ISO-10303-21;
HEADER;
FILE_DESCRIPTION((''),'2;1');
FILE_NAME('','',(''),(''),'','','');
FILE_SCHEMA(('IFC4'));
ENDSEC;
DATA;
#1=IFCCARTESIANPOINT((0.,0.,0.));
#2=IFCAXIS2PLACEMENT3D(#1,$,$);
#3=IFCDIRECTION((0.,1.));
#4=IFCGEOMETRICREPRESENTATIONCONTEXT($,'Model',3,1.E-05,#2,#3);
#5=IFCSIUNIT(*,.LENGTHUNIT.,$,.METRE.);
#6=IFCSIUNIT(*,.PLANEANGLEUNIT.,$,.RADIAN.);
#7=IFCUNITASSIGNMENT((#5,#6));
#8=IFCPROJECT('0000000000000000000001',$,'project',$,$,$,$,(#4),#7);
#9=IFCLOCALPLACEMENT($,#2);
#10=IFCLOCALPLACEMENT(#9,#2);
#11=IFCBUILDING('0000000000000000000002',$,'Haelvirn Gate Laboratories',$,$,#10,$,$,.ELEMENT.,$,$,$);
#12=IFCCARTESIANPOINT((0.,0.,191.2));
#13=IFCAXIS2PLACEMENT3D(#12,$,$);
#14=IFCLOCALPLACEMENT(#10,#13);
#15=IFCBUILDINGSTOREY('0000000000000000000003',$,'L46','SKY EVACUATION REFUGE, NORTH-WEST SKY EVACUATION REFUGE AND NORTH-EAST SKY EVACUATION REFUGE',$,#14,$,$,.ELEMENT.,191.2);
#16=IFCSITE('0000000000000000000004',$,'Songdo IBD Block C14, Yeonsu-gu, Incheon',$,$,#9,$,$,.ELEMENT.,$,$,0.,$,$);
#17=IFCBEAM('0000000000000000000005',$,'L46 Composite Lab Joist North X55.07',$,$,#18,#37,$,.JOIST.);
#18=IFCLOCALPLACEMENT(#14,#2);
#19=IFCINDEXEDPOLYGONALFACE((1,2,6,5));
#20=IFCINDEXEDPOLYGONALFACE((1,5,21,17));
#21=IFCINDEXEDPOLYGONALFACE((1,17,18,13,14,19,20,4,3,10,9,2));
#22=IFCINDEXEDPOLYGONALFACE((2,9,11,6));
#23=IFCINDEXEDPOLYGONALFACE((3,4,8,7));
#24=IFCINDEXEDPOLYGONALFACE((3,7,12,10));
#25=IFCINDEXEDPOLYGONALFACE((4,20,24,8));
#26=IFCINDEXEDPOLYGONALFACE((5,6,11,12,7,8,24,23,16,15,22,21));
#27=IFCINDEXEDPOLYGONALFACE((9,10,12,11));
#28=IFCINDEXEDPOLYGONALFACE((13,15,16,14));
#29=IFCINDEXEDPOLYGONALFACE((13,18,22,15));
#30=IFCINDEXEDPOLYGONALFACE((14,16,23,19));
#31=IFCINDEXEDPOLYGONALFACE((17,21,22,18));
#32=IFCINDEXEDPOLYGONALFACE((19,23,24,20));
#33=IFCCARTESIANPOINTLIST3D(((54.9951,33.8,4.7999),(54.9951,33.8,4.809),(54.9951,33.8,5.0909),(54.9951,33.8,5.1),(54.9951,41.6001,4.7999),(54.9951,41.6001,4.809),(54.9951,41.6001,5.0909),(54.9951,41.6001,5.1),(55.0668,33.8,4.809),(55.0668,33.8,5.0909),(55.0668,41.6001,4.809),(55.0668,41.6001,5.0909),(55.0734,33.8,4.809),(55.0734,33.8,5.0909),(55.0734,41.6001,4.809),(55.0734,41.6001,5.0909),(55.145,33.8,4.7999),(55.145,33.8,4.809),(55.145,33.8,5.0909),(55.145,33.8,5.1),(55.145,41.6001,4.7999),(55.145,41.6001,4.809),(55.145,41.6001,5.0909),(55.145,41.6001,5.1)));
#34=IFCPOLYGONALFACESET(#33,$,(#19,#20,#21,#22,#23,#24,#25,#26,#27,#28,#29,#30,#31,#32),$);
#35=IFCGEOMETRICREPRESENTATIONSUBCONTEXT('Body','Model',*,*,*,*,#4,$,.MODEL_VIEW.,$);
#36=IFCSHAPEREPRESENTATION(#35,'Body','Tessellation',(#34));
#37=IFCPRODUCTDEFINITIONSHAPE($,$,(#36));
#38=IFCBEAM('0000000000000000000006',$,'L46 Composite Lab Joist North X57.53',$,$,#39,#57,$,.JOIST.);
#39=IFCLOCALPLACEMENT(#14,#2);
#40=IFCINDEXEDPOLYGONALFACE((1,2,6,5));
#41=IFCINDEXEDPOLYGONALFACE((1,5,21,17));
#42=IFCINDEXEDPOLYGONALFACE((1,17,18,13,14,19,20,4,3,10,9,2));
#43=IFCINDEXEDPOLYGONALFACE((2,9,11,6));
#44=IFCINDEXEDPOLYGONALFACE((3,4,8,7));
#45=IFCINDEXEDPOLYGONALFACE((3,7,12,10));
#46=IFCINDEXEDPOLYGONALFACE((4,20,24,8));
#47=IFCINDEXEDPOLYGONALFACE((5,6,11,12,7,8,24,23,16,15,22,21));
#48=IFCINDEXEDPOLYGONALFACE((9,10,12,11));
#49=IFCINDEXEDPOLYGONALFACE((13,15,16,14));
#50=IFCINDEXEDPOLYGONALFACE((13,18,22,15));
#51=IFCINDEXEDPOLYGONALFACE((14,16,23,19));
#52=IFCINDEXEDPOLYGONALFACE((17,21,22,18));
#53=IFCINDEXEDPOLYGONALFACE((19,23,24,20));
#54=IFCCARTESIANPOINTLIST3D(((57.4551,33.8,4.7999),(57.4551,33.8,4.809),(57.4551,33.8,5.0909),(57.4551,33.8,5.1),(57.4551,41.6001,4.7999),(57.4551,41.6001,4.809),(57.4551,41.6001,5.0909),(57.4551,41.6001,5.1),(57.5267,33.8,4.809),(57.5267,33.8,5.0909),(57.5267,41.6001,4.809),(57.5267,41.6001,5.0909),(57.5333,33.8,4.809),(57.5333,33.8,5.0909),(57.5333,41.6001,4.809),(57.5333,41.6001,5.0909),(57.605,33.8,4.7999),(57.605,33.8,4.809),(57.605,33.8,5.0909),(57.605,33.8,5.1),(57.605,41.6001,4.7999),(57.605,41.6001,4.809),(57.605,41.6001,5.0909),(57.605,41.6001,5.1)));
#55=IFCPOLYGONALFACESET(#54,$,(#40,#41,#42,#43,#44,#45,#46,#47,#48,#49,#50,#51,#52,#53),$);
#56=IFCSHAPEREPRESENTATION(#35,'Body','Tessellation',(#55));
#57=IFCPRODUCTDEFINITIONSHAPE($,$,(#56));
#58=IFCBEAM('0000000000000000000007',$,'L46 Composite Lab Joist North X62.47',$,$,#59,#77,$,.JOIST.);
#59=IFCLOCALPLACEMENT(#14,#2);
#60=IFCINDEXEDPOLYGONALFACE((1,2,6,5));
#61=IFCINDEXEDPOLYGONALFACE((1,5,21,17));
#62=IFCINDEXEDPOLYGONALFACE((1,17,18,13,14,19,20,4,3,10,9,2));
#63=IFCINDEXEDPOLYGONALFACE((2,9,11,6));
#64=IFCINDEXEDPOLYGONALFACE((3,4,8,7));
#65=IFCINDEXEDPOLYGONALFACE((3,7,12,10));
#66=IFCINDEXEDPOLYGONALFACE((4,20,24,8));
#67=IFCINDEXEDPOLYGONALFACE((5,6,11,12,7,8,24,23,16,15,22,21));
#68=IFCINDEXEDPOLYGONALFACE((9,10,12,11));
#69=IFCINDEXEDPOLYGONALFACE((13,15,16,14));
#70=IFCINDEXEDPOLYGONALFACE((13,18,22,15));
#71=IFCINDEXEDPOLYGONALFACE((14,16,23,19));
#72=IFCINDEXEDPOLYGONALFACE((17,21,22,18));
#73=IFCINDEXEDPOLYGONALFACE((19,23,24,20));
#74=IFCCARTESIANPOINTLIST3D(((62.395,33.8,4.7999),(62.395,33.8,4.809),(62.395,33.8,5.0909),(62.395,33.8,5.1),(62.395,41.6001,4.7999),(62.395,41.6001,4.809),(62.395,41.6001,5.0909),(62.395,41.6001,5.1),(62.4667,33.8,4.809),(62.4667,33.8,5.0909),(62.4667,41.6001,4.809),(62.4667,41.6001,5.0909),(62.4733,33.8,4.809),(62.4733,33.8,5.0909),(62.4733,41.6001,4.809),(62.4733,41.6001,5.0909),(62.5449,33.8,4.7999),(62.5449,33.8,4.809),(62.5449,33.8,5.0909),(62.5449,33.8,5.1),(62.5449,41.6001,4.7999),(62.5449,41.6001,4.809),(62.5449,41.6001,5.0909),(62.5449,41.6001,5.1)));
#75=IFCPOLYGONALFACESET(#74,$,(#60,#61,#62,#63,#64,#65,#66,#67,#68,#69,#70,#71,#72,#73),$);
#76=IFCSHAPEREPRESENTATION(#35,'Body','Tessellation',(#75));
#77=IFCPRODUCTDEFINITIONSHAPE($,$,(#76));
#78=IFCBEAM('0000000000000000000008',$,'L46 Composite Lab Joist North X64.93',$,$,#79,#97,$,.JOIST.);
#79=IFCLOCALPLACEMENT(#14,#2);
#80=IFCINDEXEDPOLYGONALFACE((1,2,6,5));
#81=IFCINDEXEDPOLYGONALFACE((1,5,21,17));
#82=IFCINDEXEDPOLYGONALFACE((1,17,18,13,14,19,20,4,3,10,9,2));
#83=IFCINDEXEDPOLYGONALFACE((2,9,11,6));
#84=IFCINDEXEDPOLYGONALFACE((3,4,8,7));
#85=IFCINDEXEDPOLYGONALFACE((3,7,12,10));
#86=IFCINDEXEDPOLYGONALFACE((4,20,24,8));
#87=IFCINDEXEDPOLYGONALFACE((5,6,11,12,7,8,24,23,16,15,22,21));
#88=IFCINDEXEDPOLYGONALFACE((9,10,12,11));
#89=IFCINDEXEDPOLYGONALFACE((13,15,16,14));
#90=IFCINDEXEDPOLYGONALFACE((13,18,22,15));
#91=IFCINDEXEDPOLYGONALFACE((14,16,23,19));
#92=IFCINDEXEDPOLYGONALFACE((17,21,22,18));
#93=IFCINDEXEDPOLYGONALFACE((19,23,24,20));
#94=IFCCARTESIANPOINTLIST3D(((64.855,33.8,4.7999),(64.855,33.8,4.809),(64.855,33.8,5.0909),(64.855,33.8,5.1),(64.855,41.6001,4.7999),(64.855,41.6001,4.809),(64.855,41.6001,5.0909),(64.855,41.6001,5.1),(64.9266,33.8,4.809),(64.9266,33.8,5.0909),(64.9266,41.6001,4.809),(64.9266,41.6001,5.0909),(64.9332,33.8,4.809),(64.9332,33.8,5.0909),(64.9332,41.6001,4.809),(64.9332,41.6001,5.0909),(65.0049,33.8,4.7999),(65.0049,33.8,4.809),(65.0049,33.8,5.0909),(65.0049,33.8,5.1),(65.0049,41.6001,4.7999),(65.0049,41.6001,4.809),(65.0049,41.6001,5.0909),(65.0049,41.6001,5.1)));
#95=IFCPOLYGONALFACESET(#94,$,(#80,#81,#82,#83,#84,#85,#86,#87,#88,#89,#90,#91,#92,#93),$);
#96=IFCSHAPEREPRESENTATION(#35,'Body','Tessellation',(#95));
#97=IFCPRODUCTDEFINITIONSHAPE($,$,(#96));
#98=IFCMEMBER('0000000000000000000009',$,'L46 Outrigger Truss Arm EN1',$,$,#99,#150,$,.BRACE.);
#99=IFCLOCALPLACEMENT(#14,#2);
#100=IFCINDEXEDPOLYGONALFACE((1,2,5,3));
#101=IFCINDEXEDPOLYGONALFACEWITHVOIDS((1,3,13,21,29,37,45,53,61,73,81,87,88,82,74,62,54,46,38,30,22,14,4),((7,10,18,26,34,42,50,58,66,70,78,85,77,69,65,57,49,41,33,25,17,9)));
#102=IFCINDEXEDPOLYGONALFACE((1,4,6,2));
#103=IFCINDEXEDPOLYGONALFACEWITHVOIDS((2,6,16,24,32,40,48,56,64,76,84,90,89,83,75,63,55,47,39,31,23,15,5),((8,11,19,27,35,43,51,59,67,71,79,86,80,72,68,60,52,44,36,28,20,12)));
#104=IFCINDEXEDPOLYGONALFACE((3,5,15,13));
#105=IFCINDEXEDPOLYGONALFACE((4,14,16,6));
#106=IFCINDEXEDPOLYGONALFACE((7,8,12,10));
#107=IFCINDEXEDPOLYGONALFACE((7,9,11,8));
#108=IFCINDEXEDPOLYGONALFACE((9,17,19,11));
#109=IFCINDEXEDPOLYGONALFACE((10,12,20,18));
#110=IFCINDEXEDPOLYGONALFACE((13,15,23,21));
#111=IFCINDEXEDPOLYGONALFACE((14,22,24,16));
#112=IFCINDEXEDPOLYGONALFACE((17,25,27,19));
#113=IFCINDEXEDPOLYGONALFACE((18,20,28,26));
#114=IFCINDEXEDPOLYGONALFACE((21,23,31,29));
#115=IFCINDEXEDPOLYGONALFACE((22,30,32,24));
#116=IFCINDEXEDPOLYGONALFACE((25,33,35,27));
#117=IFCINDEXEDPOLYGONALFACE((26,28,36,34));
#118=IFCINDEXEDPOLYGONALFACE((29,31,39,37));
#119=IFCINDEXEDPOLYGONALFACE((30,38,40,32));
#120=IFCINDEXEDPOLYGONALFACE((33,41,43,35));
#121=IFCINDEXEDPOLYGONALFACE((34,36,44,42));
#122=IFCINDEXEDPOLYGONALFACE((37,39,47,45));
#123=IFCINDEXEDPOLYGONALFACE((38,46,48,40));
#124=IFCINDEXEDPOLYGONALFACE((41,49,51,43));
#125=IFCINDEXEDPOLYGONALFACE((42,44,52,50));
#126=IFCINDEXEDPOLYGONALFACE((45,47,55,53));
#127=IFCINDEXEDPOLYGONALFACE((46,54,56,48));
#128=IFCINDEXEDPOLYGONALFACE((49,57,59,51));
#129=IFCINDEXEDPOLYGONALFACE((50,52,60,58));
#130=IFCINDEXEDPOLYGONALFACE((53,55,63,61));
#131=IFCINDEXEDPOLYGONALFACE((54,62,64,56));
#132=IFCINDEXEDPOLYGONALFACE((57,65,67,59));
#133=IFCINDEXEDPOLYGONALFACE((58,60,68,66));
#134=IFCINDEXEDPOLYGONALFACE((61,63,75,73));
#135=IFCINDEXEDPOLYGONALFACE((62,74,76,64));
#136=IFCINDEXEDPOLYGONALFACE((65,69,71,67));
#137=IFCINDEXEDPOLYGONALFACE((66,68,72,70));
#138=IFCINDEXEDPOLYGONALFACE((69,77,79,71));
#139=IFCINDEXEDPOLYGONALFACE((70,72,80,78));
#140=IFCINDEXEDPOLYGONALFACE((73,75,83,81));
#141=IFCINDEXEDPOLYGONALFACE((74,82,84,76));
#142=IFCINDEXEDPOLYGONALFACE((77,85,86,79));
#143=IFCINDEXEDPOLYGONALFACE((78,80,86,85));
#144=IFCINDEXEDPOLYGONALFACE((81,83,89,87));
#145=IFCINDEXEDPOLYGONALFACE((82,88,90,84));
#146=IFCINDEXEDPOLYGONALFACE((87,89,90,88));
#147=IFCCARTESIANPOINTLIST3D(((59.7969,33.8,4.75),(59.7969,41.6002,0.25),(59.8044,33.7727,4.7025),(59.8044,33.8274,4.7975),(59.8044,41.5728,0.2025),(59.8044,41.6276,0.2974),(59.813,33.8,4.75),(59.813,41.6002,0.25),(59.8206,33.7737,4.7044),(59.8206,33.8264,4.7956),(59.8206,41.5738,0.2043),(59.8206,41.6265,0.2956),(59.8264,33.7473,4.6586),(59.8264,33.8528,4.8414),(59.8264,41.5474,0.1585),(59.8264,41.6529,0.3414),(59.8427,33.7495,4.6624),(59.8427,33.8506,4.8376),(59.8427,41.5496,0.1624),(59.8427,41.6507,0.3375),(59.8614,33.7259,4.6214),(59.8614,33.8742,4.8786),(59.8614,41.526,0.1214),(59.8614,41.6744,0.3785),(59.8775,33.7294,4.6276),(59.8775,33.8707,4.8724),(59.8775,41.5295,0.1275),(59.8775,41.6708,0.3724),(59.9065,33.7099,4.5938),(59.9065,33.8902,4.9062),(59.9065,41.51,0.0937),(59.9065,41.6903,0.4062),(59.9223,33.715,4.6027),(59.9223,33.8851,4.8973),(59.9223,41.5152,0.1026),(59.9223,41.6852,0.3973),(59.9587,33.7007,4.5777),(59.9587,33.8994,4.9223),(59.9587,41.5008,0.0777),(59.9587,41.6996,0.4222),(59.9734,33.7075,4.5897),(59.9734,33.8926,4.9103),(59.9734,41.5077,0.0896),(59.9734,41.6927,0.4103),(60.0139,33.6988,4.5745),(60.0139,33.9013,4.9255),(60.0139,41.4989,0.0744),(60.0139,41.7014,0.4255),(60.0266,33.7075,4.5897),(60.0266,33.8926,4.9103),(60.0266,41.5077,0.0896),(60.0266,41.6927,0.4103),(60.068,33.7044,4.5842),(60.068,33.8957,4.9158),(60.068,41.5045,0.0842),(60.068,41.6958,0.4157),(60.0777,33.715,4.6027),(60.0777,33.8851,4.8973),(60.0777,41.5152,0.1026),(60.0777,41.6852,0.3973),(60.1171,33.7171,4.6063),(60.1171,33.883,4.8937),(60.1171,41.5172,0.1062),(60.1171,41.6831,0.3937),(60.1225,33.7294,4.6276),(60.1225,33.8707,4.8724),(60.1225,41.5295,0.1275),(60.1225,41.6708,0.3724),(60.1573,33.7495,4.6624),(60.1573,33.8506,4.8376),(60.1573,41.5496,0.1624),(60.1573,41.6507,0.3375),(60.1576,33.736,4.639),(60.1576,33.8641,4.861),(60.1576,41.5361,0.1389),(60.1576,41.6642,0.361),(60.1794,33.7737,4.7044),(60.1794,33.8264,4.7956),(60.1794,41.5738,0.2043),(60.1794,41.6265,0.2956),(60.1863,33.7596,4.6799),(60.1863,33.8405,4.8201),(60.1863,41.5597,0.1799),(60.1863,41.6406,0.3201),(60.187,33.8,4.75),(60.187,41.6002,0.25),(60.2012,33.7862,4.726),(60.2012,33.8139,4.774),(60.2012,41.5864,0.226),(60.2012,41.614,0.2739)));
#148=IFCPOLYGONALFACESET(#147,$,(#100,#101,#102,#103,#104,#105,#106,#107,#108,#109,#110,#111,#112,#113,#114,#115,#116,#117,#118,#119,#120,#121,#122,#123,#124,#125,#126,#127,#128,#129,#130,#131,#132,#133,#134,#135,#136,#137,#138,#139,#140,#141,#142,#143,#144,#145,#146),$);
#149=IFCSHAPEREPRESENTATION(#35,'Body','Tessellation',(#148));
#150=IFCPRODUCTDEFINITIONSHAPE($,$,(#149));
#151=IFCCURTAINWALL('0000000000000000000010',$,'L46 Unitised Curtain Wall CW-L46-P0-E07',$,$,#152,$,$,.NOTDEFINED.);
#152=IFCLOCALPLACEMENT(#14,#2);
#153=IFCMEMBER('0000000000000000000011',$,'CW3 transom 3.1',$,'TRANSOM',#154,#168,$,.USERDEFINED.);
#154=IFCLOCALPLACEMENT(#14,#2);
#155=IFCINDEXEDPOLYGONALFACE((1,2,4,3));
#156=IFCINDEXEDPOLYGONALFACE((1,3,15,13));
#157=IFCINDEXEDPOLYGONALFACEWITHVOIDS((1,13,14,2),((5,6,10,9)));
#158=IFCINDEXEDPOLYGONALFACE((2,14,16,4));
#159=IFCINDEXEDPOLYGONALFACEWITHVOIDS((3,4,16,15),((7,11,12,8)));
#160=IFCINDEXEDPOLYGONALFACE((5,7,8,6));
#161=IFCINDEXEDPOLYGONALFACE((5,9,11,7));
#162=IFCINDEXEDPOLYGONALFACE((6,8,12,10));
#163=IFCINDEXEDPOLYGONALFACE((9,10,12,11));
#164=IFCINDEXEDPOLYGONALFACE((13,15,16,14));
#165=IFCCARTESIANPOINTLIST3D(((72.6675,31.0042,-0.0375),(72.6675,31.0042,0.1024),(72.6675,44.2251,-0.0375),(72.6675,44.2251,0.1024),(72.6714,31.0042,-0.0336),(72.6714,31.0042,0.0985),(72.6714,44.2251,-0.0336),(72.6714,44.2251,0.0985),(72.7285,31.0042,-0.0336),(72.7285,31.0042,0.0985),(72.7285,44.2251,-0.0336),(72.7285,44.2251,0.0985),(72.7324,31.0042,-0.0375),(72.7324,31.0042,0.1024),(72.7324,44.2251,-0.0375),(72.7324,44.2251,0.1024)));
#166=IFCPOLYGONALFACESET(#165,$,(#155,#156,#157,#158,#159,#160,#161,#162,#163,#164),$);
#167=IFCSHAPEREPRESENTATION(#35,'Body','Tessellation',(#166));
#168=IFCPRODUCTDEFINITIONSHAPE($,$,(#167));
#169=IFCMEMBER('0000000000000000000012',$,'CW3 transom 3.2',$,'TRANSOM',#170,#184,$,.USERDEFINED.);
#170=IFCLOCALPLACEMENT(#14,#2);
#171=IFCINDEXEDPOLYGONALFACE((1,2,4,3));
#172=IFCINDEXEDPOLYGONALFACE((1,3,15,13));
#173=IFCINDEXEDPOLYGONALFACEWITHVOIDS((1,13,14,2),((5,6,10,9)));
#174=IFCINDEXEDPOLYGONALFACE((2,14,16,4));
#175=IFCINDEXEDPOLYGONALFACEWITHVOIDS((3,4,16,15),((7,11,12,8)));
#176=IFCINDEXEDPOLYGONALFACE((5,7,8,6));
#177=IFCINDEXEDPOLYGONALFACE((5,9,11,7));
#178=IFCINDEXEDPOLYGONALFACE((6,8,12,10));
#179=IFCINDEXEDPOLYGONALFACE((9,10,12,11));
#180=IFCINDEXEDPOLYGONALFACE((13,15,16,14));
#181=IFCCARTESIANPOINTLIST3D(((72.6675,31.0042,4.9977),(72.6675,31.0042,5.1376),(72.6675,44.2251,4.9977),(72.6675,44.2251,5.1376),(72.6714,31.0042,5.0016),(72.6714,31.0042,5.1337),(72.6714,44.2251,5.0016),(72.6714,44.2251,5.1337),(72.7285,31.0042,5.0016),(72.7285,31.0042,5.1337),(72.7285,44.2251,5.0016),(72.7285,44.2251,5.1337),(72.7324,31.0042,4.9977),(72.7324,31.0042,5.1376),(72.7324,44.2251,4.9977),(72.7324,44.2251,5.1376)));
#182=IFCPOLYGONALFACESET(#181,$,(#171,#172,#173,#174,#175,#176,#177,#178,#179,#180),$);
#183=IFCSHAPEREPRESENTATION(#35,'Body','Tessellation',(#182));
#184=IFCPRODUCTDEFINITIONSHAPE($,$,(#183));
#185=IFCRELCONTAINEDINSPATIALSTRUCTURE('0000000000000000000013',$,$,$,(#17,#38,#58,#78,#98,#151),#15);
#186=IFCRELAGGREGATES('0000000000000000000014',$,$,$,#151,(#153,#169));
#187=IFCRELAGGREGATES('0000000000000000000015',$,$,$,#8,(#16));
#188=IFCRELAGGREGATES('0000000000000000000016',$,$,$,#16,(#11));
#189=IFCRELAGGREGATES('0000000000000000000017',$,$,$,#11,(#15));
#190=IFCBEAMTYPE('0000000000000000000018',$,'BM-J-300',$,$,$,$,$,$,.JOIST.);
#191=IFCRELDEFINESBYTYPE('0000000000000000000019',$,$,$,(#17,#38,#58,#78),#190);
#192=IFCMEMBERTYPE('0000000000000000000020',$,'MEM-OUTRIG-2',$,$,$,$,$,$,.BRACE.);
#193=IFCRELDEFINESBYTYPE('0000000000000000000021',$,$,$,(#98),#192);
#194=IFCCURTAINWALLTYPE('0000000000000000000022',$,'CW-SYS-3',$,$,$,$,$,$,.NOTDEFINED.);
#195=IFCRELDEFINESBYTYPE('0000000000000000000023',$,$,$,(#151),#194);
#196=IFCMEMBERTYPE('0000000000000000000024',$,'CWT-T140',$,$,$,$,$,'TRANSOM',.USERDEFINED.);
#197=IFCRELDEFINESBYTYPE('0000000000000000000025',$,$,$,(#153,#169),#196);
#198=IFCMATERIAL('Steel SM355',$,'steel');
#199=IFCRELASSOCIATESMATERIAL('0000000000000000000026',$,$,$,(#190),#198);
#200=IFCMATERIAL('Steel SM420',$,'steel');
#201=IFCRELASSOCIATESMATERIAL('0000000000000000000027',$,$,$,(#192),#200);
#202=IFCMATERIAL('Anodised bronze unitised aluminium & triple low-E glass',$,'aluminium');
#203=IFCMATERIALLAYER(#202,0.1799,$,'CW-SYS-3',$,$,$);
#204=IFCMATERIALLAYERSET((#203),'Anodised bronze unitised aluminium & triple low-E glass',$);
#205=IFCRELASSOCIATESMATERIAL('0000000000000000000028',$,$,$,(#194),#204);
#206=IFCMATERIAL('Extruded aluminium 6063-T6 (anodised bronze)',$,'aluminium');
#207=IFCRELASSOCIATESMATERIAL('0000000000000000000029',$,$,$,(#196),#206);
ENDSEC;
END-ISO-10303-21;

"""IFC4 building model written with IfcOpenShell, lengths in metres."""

from ifc_helpers import new_model, si_unit, direction, frame, origin, origin_2d, place, context, subcontext, project, spatial, hollow_rectangle, hollow_circle, i_section, extrude, source, transform, mapped, material, layer, layer_set, material_profile, profile_set, type_object, type_shapes, element, aggregate, save


model = new_model("IFC4")

# Units and contexts
model_context = context("Model", 3, precision=1e-05, world=origin(), true_north=direction((0.0, 1.0)))
body_context = subcontext(model_context, "Body", "Model", "MODEL_VIEW")
ifc_project = project(units=[si_unit("LENGTHUNIT", "METRE"), si_unit("PLANEANGLEUNIT", "RADIAN")], contexts=[model_context])

# Site, building, storey
site_placement = place(None, origin())
site = spatial("IfcSite", under=ifc_project, at=site_placement, Name="Songdo IBD Block C14, Yeonsu-gu, Incheon", CompositionType="ELEMENT", RefElevation=0.0)
building_placement = place(site_placement, origin())
building = spatial("IfcBuilding", under=site, at=building_placement, Name="Haelvirn Gate Laboratories", CompositionType="ELEMENT")
storey_placement = place(building_placement, frame((0.0, 0.0, 191.2)))
storey = spatial("IfcBuildingStorey", under=building, at=storey_placement, Name="L46", Description="SKY EVACUATION REFUGE, NORTH-WEST SKY EVACUATION REFUGE AND NORTH-EAST SKY EVACUATION REFUGE", CompositionType="ELEMENT", Elevation=191.2)

# Beams
ifc_material_1 = material(Name="Steel SM355", Category="steel")
ifc_material_profile_1 = material_profile(ifc_material_1, i_section(OverallWidth=0.1499, OverallDepth=0.3, WebThickness=0.0066, FlangeThickness=0.009, at=origin_2d()), Name="H-300x150x6.5x9")
ifc_profile_set_1 = profile_set([ifc_material_profile_1], Name="Steel SM355")
beam_type = type_object("IfcBeamType", Name="BM-J-300", PredefinedType="JOIST", material=ifc_profile_set_1)
shared_shape_1 = source(origin(), body_context, "Body", "SweptSolid", [
    extrude(i_section(OverallWidth=0.1499, OverallDepth=0.3, WebThickness=0.0066, FlangeThickness=0.009, at=origin_2d()), origin(), (0.0, 0.0, 1.0), 7.8),
])
type_shapes(beam_type, [shared_shape_1])
for number, where, z_axis, x_axis, name in (
    (1, (55.0701, 33.8, 4.95), (0.0, 1.0, 0.0), (-1.0, 0.0, 0.0), "L46 Composite Lab Joist North X55.07"),
    (2, (57.53, 33.8, 4.95), (0.0, 1.0, 0.0), (-1.0, 0.0, 0.0), "L46 Composite Lab Joist North X57.53"),
    (3, (62.47, 33.8, 4.95), (0.0, 1.0, 0.0), (-1.0, 0.0, 0.0), "L46 Composite Lab Joist North X62.47"),
    (4, (64.9299, 33.8, 4.95), (0.0, 1.0, 0.0), (-1.0, 0.0, 0.0), "L46 Composite Lab Joist North X64.93"),
):
    element("IfcBeam", number, at=place(storey_placement, frame(where, z_axis=z_axis, x_axis=x_axis)), inside=storey, type_object=beam_type, Name=name, PredefinedType="JOIST", context=body_context, shape_type="MappedRepresentation", body=[
        mapped(shared_shape_1, transform((0.0, 0.0, 0.0), scale=1.0)),
    ])

# Member
ifc_material_2 = material(Name="Steel SM420", Category="steel")
ifc_material_profile_2 = material_profile(ifc_material_2, hollow_circle(Radius=0.2031, WallThickness=0.0161, at=origin_2d()), Name="CHS-406x16")
ifc_profile_set_2 = profile_set([ifc_material_profile_2], Name="Steel SM420")
member_type_1 = type_object("IfcMemberType", Name="MEM-OUTRIG-2", PredefinedType="BRACE", material=ifc_profile_set_2)
shared_shape_2 = source(origin(), body_context, "Body", "SweptSolid", [
    extrude(hollow_circle(Radius=0.2031, WallThickness=0.0161, at=origin_2d()), origin(), (0.0, 0.0, 1.0), 9.0051),
])
type_shapes(member_type_1, [shared_shape_2])
member_1_placement = place(storey_placement, frame((60.0, 33.8, 4.75), z_axis=(0.0, 0.866187, -0.49972), x_axis=(-1.0, 0.0, 0.0)))
element("IfcMember", 5, at=member_1_placement, inside=storey, type_object=member_type_1, Name="L46 Outrigger Truss Arm EN1", PredefinedType="BRACE", context=body_context, shape_type="MappedRepresentation", body=[
    mapped(shared_shape_2, transform((0.0, 0.0, 0.0), scale=1.0)),
])

# Curtain wall, members
ifc_material_3 = material(Name="Anodised bronze unitised aluminium & triple low-E glass", Category="aluminium")
ifc_layer_1 = layer(ifc_material_3, 0.1799, Name="CW-SYS-3")
ifc_layer_set_1 = layer_set([ifc_layer_1], Name="Anodised bronze unitised aluminium & triple low-E glass")
curtain_wall_type = type_object("IfcCurtainWallType", Name="CW-SYS-3", PredefinedType="NOTDEFINED", material=ifc_layer_set_1)
curtain_wall_placement = place(storey_placement, origin())
curtain_wall = element("IfcCurtainWall", 6, at=curtain_wall_placement, inside=storey, type_object=curtain_wall_type, Name="L46 Unitised Curtain Wall CW-L46-P0-E07", PredefinedType="NOTDEFINED")
ifc_material_4 = material(Name="Extruded aluminium 6063-T6 (anodised bronze)", Category="aluminium")
ifc_material_profile_3 = material_profile(ifc_material_4, hollow_rectangle(XDim=0.0649, YDim=0.1399, WallThickness=0.0039, at=origin_2d()), Name="CWT-140x65x4")
ifc_profile_set_3 = profile_set([ifc_material_profile_3], Name="Extruded aluminium 6063-T6 (anodised bronze)")
member_type_2 = type_object("IfcMemberType", Name="CWT-T140", ElementType="TRANSOM", PredefinedType="USERDEFINED", material=ifc_profile_set_3)
shared_shape_3 = source(origin(), body_context, "Body", "SweptSolid", [
    extrude(hollow_rectangle(XDim=0.0649, YDim=0.1399, WallThickness=0.0039, at=origin_2d()), origin(), (0.0, 0.0, 1.0), 13.2209),
])
type_shapes(member_type_2, [shared_shape_3])
member_2_placement = place(storey_placement, frame((72.7, 31.0042, 0.0325), z_axis=(0.0, 1.0, 0.0), x_axis=(-1.0, 0.0, 0.0)))
member_2 = element("IfcMember", 7, at=member_2_placement, type_object=member_type_2, Name="CW3 transom 3.1", ObjectType="TRANSOM", PredefinedType="USERDEFINED", context=body_context, shape_type="MappedRepresentation", body=[
    mapped(shared_shape_3, transform((0.0, 0.0, 0.0), scale=1.0)),
])
member_3_placement = place(storey_placement, frame((72.7, 31.0042, 5.0676), z_axis=(0.0, 1.0, 0.0), x_axis=(-1.0, 0.0, 0.0)))
member_3 = element("IfcMember", 8, at=member_3_placement, type_object=member_type_2, Name="CW3 transom 3.2", ObjectType="TRANSOM", PredefinedType="USERDEFINED", context=body_context, shape_type="MappedRepresentation", body=[
    mapped(shared_shape_3, transform((0.0, 0.0, 0.0), scale=1.0)),
])

aggregate(curtain_wall, [member_2, member_3])

save(model, "model.ifc")
